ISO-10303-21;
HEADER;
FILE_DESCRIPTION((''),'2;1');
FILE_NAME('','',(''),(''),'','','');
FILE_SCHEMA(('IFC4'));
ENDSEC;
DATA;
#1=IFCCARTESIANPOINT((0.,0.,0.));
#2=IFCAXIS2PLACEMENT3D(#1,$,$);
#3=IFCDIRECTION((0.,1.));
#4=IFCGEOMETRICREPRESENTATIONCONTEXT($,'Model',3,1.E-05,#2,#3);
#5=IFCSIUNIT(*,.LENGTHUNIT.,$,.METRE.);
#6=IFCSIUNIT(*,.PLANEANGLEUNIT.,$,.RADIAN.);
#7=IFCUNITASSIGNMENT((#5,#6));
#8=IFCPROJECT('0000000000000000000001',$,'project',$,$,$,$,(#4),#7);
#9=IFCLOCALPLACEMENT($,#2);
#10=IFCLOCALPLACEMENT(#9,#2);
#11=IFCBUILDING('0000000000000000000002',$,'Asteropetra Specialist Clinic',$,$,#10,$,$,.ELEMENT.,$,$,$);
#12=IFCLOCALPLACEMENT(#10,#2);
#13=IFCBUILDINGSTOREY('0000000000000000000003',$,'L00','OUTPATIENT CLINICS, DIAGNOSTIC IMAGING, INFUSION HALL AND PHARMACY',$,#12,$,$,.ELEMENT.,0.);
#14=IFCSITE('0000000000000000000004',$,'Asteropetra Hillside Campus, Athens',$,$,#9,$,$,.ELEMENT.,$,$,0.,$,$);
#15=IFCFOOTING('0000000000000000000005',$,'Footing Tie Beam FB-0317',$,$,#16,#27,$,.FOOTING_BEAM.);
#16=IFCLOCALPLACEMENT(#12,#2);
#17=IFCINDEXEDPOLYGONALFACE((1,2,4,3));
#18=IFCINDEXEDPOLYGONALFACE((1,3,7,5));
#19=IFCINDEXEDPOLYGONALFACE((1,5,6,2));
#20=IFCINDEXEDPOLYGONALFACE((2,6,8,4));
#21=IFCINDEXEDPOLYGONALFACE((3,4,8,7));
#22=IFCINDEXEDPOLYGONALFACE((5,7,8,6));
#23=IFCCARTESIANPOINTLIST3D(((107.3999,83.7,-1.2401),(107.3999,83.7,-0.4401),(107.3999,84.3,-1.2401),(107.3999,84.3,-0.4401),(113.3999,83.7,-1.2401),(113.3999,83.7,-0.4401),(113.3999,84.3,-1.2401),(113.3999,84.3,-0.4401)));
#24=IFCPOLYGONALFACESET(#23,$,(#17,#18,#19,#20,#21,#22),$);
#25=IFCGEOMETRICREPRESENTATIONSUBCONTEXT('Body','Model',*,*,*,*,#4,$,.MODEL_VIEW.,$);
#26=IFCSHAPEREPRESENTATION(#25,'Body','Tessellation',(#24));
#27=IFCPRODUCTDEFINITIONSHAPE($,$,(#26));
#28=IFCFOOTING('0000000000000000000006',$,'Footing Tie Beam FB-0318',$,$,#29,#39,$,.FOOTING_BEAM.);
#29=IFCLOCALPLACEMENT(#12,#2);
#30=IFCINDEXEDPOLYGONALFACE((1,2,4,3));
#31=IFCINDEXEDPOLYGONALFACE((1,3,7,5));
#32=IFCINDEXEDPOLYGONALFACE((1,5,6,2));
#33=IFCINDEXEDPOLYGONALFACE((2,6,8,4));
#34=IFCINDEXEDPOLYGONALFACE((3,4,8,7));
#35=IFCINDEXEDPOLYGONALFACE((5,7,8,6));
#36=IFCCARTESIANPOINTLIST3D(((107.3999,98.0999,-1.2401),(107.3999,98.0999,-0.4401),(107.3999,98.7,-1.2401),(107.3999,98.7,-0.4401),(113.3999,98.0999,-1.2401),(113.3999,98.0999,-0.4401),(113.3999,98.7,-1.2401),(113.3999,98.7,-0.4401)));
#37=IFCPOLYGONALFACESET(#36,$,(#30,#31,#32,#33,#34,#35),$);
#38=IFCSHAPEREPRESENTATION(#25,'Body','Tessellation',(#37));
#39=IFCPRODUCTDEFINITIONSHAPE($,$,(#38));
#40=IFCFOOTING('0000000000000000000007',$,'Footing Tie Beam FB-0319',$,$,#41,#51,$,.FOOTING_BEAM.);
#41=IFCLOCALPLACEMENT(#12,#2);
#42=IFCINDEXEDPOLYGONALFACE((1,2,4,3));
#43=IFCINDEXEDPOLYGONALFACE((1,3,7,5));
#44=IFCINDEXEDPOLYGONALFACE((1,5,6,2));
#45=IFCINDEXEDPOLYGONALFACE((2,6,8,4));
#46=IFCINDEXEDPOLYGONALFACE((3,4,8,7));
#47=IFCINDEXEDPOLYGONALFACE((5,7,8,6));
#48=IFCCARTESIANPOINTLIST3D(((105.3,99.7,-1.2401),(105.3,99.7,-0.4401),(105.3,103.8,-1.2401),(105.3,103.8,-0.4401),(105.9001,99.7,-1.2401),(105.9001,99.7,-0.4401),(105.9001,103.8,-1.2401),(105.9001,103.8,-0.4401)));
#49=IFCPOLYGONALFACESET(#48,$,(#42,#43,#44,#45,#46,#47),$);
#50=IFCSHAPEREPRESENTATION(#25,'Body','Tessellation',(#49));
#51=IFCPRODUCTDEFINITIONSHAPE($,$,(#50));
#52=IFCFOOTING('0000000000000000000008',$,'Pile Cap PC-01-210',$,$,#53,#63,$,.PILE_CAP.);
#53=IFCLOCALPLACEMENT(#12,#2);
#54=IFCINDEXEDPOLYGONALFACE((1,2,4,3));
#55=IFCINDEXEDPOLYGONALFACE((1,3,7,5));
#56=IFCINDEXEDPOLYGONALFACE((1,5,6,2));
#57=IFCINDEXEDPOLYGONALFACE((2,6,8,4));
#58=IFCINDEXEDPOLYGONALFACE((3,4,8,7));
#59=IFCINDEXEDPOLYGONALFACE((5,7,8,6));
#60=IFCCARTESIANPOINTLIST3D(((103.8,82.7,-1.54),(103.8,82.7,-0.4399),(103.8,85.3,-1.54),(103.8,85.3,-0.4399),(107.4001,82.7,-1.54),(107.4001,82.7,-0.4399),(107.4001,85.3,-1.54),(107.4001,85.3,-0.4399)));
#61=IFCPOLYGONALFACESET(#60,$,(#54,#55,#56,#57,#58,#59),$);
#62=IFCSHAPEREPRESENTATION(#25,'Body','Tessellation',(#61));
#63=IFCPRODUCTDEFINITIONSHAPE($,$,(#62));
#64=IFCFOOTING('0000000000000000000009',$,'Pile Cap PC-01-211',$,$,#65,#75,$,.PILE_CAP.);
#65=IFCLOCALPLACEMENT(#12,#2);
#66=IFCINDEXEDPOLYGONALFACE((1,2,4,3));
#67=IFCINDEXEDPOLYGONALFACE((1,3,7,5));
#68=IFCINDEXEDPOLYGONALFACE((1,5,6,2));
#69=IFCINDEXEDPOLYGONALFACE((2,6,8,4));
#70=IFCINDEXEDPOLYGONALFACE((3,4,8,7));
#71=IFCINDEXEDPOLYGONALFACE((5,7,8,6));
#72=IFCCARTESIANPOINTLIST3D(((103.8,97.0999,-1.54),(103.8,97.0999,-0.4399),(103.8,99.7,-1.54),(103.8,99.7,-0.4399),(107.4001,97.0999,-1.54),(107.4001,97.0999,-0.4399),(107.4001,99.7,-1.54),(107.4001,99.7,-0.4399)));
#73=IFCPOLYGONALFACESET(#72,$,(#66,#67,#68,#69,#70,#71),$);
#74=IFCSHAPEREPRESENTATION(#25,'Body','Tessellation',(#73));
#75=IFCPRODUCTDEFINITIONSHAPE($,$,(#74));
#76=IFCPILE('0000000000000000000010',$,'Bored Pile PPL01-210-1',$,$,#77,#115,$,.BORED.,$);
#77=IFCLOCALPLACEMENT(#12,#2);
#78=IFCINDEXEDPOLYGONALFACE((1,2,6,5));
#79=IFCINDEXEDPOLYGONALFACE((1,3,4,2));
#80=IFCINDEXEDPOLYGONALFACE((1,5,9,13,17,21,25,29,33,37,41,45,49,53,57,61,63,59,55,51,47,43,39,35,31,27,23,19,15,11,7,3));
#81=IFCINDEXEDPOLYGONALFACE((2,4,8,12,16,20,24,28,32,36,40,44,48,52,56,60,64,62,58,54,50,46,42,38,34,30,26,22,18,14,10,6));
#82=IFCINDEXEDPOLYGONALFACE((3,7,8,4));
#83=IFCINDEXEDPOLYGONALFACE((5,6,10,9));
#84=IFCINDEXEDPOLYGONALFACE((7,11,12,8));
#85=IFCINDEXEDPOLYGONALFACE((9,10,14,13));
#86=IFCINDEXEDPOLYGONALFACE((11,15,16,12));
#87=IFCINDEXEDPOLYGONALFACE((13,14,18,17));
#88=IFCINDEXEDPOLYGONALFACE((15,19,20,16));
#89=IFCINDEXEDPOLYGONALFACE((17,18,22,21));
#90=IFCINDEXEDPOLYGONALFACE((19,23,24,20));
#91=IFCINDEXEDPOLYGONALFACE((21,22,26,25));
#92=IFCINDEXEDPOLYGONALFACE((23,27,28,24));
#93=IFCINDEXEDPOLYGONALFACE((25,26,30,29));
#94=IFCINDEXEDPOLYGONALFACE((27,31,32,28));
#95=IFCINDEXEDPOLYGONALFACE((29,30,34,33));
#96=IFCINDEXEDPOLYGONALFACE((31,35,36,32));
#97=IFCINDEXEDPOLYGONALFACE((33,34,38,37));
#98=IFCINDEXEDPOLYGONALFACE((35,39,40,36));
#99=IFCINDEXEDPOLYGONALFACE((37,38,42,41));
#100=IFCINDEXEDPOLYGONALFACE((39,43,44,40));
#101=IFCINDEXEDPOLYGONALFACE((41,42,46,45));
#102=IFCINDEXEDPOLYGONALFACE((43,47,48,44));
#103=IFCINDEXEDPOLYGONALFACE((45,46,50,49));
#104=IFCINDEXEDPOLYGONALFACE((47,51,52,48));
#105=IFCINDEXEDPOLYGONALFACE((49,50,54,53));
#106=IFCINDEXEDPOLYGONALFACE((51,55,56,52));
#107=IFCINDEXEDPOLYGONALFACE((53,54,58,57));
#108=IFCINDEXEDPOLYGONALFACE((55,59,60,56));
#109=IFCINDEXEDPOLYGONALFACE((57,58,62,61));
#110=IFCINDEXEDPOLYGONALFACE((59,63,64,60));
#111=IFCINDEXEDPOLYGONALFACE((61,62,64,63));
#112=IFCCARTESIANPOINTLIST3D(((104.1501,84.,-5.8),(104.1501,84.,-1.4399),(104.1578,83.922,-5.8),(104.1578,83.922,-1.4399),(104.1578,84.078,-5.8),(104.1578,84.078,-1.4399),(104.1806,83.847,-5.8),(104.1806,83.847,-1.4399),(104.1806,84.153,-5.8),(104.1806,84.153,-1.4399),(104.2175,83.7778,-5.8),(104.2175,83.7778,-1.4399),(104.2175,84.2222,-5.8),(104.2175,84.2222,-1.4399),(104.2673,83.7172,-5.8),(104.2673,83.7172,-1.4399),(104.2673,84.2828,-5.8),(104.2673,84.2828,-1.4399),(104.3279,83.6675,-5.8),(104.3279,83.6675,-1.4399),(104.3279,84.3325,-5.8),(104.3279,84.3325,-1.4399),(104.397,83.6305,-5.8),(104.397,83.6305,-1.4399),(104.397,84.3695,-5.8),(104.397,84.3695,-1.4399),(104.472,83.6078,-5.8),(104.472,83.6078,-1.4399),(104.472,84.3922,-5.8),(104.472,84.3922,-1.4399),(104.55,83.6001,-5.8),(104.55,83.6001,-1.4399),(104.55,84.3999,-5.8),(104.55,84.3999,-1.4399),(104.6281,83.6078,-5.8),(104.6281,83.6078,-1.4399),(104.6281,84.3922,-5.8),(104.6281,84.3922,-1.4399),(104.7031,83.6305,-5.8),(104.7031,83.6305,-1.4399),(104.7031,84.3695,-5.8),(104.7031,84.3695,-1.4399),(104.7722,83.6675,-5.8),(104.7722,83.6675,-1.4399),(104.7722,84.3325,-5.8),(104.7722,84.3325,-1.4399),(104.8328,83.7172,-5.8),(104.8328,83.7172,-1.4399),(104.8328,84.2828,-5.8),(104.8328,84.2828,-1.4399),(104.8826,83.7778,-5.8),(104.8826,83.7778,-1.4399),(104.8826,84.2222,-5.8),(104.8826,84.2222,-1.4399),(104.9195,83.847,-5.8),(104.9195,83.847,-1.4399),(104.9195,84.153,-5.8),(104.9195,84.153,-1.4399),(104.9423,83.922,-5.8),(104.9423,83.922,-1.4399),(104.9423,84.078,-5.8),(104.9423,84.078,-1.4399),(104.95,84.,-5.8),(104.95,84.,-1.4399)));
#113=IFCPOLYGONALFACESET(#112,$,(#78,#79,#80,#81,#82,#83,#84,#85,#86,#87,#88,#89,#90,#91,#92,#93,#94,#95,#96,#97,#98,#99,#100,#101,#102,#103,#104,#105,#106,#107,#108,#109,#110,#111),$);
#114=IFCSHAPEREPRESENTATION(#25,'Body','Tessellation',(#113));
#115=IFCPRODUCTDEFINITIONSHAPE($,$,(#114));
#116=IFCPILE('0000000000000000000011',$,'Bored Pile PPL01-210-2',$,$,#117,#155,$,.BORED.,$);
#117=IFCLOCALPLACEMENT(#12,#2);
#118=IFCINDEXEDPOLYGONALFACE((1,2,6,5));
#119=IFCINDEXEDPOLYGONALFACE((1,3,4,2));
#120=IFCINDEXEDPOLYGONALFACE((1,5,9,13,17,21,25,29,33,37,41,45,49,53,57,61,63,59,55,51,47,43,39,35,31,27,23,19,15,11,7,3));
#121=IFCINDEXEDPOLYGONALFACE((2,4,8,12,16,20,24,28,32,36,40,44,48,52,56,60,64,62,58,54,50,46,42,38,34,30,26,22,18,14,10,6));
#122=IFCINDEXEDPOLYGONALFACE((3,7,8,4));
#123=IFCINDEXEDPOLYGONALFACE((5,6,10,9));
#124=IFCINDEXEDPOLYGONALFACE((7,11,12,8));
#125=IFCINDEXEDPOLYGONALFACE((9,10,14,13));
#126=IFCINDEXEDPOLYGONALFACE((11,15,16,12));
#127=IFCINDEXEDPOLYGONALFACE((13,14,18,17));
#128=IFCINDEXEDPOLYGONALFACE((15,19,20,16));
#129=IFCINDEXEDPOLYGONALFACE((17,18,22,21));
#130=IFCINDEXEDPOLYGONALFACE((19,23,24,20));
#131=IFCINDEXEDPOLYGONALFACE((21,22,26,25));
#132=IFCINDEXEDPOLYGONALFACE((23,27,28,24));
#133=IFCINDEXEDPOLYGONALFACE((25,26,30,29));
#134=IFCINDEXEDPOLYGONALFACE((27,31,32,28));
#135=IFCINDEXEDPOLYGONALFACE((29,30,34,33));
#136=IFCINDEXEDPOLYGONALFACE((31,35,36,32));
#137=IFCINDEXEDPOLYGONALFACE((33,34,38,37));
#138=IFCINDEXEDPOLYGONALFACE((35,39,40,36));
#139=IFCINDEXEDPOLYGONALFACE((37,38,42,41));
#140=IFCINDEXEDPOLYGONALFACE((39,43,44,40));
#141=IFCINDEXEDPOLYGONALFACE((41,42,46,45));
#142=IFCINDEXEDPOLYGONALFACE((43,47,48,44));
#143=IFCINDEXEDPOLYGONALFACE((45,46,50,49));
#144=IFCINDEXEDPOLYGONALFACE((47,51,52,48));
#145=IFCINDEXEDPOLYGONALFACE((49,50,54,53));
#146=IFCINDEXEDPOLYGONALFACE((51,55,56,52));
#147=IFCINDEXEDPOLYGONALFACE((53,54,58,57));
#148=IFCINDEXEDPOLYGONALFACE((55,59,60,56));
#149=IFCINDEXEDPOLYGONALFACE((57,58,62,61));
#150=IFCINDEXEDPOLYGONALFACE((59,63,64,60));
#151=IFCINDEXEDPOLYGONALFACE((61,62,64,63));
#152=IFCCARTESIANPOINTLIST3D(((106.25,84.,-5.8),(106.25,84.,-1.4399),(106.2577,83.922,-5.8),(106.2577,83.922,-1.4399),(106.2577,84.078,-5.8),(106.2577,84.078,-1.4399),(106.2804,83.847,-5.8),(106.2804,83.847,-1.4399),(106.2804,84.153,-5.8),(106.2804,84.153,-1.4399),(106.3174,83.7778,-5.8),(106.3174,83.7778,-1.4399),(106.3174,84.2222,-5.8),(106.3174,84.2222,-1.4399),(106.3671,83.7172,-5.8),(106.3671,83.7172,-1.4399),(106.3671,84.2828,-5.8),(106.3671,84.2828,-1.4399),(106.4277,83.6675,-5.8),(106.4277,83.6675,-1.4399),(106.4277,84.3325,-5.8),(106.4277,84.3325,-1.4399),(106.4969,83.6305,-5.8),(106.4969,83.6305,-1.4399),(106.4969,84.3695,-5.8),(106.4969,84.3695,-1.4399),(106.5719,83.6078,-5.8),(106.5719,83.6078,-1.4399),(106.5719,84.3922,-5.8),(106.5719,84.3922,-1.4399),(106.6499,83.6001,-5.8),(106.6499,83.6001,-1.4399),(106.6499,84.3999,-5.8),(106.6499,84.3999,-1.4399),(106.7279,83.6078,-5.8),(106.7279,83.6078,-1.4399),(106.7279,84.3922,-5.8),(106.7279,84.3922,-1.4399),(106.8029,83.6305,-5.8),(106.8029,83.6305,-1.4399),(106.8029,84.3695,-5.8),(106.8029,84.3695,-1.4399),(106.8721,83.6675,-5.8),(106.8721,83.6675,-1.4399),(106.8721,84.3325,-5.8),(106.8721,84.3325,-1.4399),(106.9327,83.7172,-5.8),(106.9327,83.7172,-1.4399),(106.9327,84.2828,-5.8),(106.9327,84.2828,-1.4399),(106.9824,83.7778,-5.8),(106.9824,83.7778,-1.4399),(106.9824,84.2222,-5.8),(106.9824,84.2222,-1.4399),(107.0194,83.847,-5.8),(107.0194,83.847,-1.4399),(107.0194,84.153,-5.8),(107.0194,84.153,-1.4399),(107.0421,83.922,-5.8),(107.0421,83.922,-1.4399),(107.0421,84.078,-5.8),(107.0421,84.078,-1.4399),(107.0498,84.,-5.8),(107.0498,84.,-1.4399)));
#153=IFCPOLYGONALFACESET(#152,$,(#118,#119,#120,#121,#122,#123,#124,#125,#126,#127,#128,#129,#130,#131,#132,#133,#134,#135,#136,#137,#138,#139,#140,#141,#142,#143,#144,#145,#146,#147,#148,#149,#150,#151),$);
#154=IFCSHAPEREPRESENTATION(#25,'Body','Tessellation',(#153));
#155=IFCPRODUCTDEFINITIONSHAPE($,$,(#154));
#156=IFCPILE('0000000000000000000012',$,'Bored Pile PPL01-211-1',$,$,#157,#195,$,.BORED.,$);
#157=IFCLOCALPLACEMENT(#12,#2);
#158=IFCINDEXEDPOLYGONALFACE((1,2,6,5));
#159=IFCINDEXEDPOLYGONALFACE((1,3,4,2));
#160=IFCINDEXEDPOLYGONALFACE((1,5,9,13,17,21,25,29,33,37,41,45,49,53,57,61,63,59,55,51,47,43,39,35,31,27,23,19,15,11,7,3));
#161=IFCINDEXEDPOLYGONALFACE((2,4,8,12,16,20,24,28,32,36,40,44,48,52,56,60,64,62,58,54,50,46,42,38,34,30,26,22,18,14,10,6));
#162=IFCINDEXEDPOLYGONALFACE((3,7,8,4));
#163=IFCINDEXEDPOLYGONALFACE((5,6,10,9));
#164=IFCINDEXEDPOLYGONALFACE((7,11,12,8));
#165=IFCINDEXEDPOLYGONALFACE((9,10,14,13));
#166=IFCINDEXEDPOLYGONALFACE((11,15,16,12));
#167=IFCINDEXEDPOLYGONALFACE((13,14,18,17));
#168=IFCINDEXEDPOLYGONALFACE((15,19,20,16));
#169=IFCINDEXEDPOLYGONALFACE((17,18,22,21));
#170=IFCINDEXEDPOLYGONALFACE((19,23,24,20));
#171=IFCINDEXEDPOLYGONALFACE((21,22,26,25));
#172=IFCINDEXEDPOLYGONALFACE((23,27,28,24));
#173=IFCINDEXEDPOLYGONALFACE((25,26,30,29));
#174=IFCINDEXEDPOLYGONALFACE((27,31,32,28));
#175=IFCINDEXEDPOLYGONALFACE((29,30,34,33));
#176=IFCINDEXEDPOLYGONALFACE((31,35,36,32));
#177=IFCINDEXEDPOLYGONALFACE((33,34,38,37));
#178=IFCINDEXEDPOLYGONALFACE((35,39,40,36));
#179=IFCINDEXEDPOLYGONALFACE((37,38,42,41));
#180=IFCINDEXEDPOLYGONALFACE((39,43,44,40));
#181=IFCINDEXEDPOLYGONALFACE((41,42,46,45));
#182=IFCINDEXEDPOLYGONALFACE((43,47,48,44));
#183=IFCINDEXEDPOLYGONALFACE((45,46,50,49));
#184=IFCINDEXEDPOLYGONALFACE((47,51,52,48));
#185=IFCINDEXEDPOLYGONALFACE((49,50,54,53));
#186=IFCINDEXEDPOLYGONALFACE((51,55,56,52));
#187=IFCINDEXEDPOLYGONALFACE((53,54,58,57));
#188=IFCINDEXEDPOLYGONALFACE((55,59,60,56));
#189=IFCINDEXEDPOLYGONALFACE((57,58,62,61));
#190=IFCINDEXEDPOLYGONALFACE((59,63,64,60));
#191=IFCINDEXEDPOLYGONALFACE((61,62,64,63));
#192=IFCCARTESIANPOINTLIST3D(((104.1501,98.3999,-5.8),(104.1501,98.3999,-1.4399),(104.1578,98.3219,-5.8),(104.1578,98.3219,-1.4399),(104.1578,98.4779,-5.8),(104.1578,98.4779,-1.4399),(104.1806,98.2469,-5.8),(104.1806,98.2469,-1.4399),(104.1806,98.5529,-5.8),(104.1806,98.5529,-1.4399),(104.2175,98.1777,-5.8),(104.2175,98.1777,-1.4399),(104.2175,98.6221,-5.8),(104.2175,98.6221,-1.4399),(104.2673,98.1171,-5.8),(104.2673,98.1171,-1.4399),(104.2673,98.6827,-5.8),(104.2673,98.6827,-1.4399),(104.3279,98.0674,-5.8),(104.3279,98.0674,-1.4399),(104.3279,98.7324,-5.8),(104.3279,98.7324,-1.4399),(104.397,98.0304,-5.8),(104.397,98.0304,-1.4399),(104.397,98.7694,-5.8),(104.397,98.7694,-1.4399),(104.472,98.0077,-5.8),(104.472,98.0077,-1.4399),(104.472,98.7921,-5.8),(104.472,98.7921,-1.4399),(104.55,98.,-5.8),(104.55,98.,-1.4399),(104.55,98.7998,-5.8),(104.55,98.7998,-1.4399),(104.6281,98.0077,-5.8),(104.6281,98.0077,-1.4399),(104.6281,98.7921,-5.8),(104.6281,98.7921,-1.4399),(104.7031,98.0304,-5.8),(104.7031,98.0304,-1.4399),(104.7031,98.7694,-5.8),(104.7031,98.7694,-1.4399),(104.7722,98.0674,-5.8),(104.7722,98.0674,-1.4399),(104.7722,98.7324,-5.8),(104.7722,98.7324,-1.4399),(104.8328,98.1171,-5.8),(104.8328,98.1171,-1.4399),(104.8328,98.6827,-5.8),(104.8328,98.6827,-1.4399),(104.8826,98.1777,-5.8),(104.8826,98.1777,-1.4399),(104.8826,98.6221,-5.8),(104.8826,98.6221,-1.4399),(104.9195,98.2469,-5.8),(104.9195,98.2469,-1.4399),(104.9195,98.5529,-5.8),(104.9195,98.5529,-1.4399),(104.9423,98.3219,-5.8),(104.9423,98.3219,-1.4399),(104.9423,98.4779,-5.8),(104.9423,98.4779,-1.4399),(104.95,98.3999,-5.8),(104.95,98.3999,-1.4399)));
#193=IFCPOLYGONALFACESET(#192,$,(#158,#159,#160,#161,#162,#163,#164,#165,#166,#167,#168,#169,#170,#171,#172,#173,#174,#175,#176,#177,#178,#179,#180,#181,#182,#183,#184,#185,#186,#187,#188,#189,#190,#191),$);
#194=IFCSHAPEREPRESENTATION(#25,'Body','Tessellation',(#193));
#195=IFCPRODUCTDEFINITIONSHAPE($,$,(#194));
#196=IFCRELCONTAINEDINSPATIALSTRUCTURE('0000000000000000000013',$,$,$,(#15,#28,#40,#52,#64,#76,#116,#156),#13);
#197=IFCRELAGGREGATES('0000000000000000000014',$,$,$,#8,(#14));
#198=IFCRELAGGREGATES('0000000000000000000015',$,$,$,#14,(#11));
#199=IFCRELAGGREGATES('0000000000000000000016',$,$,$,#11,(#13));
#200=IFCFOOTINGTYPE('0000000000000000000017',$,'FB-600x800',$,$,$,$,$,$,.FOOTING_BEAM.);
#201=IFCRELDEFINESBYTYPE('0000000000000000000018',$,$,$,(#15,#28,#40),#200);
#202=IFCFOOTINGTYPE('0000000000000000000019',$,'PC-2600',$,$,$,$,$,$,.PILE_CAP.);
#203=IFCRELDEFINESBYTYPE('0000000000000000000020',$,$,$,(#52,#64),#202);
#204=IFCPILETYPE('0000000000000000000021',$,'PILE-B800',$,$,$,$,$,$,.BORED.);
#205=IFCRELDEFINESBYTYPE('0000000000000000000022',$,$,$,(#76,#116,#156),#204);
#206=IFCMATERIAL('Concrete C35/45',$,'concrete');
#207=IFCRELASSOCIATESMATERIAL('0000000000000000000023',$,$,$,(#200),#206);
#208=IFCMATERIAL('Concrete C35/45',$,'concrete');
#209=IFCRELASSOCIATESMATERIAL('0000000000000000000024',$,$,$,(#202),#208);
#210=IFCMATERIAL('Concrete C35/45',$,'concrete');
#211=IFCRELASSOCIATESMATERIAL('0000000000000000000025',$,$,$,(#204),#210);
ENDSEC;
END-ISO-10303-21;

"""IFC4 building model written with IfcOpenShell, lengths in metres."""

from ifc_helpers import new_model, si_unit, direction, frame, origin, origin_2d, place, context, subcontext, project, spatial, rectangle, circle, extrude, material, material_profile, profile_set, type_object, element, save


model = new_model("IFC4")

# Units and contexts
model_context = context("Model", 3, precision=1e-05, world=origin(), true_north=direction((0.0, 1.0)))
body_context = subcontext(model_context, "Body", "Model", "MODEL_VIEW")
ifc_project = project(units=[si_unit("LENGTHUNIT", "METRE"), si_unit("PLANEANGLEUNIT", "RADIAN")], contexts=[model_context])

# Site, building, storey
site_placement = place(None, origin())
site = spatial("IfcSite", under=ifc_project, at=site_placement, Name="Asteropetra Hillside Campus, Athens", CompositionType="ELEMENT", RefElevation=0.0)
building_placement = place(site_placement, origin())
building = spatial("IfcBuilding", under=site, at=building_placement, Name="Asteropetra Specialist Clinic", CompositionType="ELEMENT")
storey_placement = place(building_placement, origin())
storey = spatial("IfcBuildingStorey", under=building, at=storey_placement, Name="L00", Description="OUTPATIENT CLINICS, DIAGNOSTIC IMAGING, INFUSION HALL AND PHARMACY", CompositionType="ELEMENT", Elevation=0.0)

# Footings
ifc_material_1 = material(Name="Concrete C35/45", Category="concrete")
ifc_material_profile_1 = material_profile(ifc_material_1, rectangle(XDim=0.6001, YDim=0.8, at=origin_2d()), Name="FB 600x800")
ifc_profile_set_1 = profile_set([ifc_material_profile_1], Name="Concrete C35/45")
footing_type_1 = type_object("IfcFootingType", Name="FB-600x800", PredefinedType="FOOTING_BEAM", material=ifc_profile_set_1)
for number, where, z_axis, x_axis, name in (
    (1, (107.3999, 84.0, -0.8401), (1.0, 0.0, 0.0), (0.0, 1.0, 0.0), "Footing Tie Beam FB-0317"),
    (2, (107.3999, 98.3999, -0.8401), (1.0, 0.0, 0.0), (0.0, 1.0, 0.0), "Footing Tie Beam FB-0318"),
):
    element("IfcFooting", number, at=place(storey_placement, frame(where, z_axis=z_axis, x_axis=x_axis)), inside=storey, type_object=footing_type_1, Name=name, PredefinedType="FOOTING_BEAM", context=body_context, shape_type="SweptSolid", body=[
        extrude(rectangle(XDim=0.6001, YDim=0.8, at=origin_2d()), origin(), (0.0, 0.0, 1.0), 6.0),
    ])
footing_placement = place(storey_placement, frame((105.6001, 99.7, -0.8401), z_axis=(0.0, 1.0, 0.0), x_axis=(-1.0, 0.0, 0.0)))
element("IfcFooting", 3, at=footing_placement, inside=storey, type_object=footing_type_1, Name="Footing Tie Beam FB-0319", PredefinedType="FOOTING_BEAM", context=body_context, shape_type="SweptSolid", body=[
    extrude(rectangle(XDim=0.6001, YDim=0.8, at=origin_2d()), origin(), (0.0, 0.0, 1.0), 4.1001),
])
ifc_material_2 = material(Name="Concrete C35/45", Category="concrete")
footing_type_2 = type_object("IfcFootingType", Name="PC-2600", PredefinedType="PILE_CAP", material=ifc_material_2)
for number, where, z_axis, x_axis, name in (
    (4, (105.6001, 84.0, -1.54), (0.0, 0.0, 1.0), (1.0, 0.0, 0.0), "Pile Cap PC-01-210"),
    (5, (105.6001, 98.3999, -1.54), (0.0, 0.0, 1.0), (1.0, 0.0, 0.0), "Pile Cap PC-01-211"),
):
    element("IfcFooting", number, at=place(storey_placement, frame(where, z_axis=z_axis, x_axis=x_axis)), inside=storey, type_object=footing_type_2, Name=name, PredefinedType="PILE_CAP", context=body_context, shape_type="SweptSolid", body=[
        extrude(rectangle(XDim=3.6001, YDim=2.6001, at=origin_2d()), origin(), (0.0, 0.0, 1.0), 1.1001),
    ])

# Piles
ifc_material_3 = material(Name="Concrete C35/45", Category="concrete")
ifc_material_profile_2 = material_profile(ifc_material_3, circle(Radius=0.3999, at=origin_2d()), Name="PILE D800")
ifc_profile_set_2 = profile_set([ifc_material_profile_2], Name="Concrete C35/45")
pile_type = type_object("IfcPileType", Name="PILE-B800", PredefinedType="BORED", material=ifc_profile_set_2)
for number, where, z_axis, x_axis, name in (
    (6, (104.55, 84.0, -1.4399), (0.0, 0.0, -1.0), (1.0, 0.0, 0.0), "Bored Pile PPL01-210-1"),
    (7, (106.6499, 84.0, -1.4399), (0.0, 0.0, -1.0), (1.0, 0.0, 0.0), "Bored Pile PPL01-210-2"),
    (8, (104.55, 98.3999, -1.4399), (0.0, 0.0, -1.0), (1.0, 0.0, 0.0), "Bored Pile PPL01-211-1"),
):
    element("IfcPile", number, at=place(storey_placement, frame(where, z_axis=z_axis, x_axis=x_axis)), inside=storey, type_object=pile_type, Name=name, PredefinedType="BORED", context=body_context, shape_type="SweptSolid", body=[
        extrude(circle(Radius=0.3999, at=origin_2d()), origin(), (0.0, 0.0, 1.0), 4.3601),
    ])

save(model, "model.ifc")
